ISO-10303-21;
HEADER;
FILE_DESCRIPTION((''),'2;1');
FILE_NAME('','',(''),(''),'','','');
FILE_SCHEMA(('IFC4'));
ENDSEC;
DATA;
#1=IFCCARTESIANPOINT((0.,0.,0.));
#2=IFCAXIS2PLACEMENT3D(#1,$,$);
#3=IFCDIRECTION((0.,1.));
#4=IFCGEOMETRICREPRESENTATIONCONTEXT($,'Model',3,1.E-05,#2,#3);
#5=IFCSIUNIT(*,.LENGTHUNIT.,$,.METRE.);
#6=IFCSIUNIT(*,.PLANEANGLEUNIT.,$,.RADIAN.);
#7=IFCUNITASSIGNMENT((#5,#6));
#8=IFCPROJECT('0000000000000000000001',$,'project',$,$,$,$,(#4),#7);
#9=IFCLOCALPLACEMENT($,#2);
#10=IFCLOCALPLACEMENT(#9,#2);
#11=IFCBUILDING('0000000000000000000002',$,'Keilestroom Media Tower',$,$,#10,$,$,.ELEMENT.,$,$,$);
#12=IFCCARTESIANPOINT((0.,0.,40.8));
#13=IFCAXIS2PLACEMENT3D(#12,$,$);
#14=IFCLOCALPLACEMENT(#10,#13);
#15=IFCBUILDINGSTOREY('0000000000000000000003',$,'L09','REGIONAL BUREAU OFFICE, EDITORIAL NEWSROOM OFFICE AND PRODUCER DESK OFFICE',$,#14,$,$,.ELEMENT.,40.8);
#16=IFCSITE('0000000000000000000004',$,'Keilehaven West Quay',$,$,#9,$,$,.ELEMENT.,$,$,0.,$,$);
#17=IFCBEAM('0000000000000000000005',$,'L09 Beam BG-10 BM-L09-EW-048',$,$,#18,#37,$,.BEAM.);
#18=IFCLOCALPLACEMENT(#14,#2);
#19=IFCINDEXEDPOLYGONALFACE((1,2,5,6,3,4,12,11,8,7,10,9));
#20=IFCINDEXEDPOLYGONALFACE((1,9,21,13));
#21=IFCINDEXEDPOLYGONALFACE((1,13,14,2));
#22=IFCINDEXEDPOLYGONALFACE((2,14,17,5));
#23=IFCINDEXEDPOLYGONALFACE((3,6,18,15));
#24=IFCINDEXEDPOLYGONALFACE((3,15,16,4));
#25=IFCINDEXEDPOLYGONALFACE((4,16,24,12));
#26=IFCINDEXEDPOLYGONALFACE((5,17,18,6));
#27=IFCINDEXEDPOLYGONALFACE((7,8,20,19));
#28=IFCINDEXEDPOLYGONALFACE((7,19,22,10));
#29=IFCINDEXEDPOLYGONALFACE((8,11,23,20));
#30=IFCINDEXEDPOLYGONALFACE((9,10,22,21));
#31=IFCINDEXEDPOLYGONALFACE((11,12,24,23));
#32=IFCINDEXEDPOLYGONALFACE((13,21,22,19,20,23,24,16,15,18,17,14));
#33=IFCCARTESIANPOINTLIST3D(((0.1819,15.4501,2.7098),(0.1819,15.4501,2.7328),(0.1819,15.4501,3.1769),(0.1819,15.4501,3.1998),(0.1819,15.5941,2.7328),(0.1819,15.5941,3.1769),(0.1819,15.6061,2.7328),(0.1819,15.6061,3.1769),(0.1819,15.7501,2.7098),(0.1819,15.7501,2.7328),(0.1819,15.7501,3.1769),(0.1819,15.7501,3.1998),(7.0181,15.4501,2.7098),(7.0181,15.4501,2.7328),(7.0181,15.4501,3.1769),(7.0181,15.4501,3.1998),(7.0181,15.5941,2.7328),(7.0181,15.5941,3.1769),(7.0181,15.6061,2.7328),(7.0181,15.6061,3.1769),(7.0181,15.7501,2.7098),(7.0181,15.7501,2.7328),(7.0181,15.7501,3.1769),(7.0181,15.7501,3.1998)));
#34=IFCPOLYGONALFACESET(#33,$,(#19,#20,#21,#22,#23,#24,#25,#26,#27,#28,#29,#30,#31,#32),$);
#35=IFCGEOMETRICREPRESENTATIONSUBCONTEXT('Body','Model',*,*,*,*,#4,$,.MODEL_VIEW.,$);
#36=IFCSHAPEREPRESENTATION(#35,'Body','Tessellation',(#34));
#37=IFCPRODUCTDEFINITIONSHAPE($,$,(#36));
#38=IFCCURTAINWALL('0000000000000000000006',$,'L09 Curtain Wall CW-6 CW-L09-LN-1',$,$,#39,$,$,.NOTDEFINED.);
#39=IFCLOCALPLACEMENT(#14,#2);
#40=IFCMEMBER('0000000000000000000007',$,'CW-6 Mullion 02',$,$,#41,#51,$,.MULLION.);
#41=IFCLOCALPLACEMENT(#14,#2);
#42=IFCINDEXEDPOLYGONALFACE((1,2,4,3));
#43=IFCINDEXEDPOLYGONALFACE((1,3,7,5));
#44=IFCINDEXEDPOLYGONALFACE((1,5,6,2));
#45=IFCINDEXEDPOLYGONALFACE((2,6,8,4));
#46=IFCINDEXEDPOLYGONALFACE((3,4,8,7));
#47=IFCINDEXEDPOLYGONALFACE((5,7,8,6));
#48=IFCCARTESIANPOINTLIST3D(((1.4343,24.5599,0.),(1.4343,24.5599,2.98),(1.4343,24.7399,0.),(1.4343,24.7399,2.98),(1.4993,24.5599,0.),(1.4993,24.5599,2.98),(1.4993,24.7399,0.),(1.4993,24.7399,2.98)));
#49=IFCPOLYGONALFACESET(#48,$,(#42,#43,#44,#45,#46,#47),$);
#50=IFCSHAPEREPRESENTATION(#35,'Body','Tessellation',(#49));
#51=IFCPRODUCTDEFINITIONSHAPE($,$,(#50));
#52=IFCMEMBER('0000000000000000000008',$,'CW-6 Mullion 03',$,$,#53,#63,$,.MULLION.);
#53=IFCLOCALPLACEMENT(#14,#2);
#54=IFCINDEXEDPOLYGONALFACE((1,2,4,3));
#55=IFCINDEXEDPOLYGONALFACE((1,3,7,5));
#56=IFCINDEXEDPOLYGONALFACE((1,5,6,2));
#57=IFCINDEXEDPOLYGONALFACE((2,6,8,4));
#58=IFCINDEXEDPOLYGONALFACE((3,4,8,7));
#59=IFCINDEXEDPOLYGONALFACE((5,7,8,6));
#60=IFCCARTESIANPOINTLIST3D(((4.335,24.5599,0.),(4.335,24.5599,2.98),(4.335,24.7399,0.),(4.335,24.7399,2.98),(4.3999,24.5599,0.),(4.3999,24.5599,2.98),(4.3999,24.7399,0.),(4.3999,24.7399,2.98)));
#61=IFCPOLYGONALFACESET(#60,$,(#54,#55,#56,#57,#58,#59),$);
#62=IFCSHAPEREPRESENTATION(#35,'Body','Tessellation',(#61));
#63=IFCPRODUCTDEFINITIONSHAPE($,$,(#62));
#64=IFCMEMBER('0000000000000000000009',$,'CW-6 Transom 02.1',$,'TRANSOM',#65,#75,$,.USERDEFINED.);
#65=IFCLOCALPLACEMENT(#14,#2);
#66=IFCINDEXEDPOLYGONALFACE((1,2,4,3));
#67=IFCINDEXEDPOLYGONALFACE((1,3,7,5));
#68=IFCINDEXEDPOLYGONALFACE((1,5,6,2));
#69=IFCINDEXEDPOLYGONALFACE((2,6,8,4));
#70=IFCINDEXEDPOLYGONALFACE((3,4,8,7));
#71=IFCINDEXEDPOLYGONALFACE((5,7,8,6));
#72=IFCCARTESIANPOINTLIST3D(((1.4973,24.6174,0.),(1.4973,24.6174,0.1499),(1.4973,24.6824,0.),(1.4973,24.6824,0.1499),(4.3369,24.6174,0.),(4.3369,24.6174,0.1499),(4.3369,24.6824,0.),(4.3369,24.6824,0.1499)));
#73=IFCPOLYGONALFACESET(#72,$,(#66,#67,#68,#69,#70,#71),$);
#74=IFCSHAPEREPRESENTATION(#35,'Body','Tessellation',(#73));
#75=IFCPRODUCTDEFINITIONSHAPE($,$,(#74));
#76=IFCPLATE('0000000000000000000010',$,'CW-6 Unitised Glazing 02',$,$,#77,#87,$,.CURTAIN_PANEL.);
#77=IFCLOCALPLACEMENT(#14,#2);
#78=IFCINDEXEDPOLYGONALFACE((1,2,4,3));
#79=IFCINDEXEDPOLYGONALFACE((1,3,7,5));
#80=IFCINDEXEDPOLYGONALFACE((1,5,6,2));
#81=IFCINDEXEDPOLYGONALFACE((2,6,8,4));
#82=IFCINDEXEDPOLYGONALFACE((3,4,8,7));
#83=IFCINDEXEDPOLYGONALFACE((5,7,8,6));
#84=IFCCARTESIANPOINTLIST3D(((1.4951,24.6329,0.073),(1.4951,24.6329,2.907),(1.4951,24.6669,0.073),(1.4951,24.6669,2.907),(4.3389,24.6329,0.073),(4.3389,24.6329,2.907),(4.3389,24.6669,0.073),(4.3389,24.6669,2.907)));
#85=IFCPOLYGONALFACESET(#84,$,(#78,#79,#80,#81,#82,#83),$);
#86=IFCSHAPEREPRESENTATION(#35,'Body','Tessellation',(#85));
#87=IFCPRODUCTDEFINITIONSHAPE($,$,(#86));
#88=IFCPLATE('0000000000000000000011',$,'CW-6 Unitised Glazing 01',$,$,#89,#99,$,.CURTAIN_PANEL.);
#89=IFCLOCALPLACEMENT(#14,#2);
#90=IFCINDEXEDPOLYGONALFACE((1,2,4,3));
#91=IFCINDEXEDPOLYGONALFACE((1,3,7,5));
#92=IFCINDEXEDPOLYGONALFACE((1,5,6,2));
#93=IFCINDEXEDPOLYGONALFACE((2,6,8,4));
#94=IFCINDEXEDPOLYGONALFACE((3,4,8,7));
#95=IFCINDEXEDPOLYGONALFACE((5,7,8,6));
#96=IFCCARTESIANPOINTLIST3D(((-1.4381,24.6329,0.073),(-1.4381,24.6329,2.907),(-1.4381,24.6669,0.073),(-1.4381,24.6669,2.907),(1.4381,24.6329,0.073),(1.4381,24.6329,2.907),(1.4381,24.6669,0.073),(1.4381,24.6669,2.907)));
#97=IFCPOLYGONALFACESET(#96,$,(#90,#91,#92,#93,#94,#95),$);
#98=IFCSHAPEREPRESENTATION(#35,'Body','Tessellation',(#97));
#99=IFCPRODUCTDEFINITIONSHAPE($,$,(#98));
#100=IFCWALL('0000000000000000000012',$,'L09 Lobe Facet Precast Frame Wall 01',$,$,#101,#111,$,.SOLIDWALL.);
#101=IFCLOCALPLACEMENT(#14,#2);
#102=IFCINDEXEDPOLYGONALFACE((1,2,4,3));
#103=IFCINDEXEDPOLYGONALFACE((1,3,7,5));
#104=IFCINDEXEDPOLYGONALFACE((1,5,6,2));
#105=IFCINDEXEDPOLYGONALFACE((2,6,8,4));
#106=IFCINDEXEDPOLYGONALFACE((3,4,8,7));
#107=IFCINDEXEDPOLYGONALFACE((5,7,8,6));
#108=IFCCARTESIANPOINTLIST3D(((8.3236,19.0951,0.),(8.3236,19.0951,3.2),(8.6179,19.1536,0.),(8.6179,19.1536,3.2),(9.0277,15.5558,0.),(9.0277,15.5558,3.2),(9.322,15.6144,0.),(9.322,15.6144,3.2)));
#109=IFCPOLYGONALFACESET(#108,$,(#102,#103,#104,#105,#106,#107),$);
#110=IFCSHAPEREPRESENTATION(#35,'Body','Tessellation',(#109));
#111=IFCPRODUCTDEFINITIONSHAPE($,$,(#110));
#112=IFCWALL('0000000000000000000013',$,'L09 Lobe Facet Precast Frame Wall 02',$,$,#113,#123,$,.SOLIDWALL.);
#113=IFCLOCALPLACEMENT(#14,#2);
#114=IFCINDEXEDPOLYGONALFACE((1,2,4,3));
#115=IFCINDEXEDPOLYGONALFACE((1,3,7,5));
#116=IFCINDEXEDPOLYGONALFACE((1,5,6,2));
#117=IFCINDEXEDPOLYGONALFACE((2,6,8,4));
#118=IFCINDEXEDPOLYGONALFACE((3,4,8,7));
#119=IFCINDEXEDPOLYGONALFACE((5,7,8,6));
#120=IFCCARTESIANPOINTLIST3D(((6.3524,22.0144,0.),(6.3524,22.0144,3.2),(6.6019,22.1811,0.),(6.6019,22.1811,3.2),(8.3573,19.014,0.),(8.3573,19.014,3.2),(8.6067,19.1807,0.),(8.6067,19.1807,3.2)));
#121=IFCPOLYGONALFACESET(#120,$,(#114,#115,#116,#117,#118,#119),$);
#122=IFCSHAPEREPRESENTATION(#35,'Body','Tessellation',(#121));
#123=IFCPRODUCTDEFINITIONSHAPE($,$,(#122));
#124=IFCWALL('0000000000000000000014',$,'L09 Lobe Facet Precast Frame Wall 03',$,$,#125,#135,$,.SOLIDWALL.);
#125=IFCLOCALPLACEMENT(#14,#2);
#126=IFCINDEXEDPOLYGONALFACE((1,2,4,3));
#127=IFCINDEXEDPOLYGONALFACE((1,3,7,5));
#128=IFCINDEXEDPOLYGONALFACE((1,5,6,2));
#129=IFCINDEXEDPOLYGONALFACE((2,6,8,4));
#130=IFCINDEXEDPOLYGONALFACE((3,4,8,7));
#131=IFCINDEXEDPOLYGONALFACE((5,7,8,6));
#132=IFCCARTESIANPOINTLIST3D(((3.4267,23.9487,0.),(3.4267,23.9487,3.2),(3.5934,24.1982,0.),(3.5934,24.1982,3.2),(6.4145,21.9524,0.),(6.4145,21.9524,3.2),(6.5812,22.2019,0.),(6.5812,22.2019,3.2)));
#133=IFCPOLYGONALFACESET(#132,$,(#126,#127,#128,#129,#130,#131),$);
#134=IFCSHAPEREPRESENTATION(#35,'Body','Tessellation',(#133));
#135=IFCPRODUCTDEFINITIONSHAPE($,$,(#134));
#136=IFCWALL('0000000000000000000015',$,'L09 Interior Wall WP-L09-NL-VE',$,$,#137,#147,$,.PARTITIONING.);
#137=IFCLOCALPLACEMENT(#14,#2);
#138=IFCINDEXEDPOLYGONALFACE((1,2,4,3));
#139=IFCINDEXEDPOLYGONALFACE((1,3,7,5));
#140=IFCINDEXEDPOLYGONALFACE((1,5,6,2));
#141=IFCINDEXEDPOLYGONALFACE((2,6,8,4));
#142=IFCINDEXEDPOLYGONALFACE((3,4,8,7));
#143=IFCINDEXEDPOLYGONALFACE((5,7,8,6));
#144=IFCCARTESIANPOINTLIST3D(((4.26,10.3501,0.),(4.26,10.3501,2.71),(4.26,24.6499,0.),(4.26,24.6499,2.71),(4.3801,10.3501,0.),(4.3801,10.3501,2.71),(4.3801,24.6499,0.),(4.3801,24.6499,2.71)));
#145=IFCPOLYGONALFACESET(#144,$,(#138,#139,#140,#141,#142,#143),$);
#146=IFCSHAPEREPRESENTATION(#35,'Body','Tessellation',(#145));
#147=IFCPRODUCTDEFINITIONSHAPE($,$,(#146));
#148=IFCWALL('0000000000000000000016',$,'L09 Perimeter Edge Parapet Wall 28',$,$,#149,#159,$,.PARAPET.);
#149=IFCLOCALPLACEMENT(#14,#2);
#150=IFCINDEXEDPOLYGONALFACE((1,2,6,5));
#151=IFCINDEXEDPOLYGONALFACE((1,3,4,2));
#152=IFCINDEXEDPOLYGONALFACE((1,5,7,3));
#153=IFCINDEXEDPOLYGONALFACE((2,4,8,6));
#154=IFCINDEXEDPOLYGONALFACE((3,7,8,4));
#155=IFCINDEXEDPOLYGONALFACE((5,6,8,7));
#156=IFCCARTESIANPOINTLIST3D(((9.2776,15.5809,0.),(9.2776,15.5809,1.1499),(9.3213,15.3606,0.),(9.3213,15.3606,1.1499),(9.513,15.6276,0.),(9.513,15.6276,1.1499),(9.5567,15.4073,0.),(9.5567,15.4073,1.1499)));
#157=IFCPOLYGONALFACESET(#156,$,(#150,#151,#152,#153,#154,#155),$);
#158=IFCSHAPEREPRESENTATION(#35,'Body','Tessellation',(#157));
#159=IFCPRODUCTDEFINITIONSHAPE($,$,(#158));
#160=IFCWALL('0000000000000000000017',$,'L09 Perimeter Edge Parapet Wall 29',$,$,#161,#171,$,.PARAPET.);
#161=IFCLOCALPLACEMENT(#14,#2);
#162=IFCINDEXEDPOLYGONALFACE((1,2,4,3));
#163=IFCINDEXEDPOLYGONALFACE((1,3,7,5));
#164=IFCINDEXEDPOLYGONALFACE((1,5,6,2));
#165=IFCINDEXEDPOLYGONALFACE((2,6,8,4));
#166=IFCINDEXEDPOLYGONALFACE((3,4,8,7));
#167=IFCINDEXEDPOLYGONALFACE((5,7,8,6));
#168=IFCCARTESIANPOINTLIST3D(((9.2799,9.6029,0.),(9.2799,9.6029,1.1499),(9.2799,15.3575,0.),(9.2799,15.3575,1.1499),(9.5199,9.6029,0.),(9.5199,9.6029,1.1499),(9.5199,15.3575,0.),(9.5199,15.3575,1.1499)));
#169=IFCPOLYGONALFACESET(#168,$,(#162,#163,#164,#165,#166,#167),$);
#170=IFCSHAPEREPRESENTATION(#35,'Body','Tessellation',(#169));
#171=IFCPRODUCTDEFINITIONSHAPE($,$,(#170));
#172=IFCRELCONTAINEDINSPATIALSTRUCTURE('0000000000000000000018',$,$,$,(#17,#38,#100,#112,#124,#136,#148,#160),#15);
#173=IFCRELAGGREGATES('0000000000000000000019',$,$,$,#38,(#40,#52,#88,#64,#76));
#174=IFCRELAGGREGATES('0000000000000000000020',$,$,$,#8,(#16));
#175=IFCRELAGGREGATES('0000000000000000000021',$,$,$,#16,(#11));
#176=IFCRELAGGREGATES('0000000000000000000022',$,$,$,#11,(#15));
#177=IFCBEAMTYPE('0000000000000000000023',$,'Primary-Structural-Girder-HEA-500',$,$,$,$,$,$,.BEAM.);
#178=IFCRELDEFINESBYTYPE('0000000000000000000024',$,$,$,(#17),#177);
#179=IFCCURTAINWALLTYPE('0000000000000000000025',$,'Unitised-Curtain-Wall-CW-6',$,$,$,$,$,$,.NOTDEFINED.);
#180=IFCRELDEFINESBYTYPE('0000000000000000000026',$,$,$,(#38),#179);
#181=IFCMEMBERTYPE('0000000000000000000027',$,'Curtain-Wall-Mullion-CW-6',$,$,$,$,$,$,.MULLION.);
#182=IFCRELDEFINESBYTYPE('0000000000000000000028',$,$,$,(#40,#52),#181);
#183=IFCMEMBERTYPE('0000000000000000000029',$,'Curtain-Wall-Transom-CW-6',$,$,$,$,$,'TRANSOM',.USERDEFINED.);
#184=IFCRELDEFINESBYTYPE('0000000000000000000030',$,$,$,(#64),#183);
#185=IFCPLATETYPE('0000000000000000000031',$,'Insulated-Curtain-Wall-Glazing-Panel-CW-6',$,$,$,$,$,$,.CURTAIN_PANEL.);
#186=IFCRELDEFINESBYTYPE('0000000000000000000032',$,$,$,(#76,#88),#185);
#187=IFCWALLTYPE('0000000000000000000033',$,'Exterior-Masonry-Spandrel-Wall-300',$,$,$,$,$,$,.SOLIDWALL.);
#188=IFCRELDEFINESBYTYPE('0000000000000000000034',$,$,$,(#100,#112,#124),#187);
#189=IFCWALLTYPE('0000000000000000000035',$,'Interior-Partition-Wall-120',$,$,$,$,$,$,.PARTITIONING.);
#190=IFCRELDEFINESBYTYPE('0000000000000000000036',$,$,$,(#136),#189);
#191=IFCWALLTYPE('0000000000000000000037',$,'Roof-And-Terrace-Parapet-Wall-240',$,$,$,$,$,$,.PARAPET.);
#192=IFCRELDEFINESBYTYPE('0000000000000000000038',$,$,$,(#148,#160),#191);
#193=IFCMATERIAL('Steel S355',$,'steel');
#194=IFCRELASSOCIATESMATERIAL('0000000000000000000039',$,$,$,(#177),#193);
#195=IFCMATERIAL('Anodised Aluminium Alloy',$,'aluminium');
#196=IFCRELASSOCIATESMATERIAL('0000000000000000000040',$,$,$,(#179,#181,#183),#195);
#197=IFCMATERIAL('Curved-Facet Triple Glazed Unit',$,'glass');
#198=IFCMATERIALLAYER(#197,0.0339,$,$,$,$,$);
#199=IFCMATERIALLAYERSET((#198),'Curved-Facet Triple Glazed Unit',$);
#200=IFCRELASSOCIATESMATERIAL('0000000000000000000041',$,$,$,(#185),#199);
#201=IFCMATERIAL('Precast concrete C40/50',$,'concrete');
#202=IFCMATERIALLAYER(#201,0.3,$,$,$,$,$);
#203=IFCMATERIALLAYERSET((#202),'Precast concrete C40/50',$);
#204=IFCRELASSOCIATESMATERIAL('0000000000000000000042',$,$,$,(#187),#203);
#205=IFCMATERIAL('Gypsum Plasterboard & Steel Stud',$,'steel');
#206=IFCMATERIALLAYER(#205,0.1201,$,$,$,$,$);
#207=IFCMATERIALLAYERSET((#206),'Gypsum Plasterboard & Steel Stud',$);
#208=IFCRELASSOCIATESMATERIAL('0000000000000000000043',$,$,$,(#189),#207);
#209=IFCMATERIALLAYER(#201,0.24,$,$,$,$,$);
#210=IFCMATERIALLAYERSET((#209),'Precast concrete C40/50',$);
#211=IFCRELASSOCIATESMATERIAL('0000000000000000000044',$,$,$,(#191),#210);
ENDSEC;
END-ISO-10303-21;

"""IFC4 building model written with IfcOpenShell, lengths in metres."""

from ifc_helpers import new_model, si_unit, direction, frame, frame_2d, origin, origin_2d, place, context, subcontext, project, spatial, rectangle, i_section, extrude, source, transform, mapped, material, layer, layer_set, material_profile, profile_set, type_object, element, aggregate, save


model = new_model("IFC4")

# Units and contexts
model_context = context("Model", 3, precision=1e-05, world=origin(), true_north=direction((0.0, 1.0)))
body_context = subcontext(model_context, "Body", "Model", "MODEL_VIEW")
ifc_project = project(units=[si_unit("LENGTHUNIT", "METRE"), si_unit("PLANEANGLEUNIT", "RADIAN")], contexts=[model_context])

# Site, building, storey
site_placement = place(None, origin())
site = spatial("IfcSite", under=ifc_project, at=site_placement, Name="Keilehaven West Quay", CompositionType="ELEMENT", RefElevation=0.0)
building_placement = place(site_placement, origin())
building = spatial("IfcBuilding", under=site, at=building_placement, Name="Keilestroom Media Tower", CompositionType="ELEMENT")
storey_placement = place(building_placement, frame((0.0, 0.0, 40.8)))
storey = spatial("IfcBuildingStorey", under=building, at=storey_placement, Name="L09", Description="REGIONAL BUREAU OFFICE, EDITORIAL NEWSROOM OFFICE AND PRODUCER DESK OFFICE", CompositionType="ELEMENT", Elevation=40.8)

# Beam
ifc_material_1 = material(Name="Steel S355", Category="steel")
ifc_material_profile_1 = material_profile(ifc_material_1, i_section(OverallWidth=0.3, OverallDepth=0.49, WebThickness=0.012, FlangeThickness=0.0229, at=origin_2d()), Name="HEA 500")
ifc_profile_set_1 = profile_set([ifc_material_profile_1], Name="Steel S355")
beam_type_1 = type_object("IfcBeamType", Name="Primary-Structural-Girder-HEA-500", PredefinedType="BEAM", material=ifc_profile_set_1)
shared_shape_1 = source(origin(), body_context, "Body", "SweptSolid", [
    extrude(i_section(OverallWidth=0.3, OverallDepth=0.49, WebThickness=0.012, FlangeThickness=0.0229, at=origin_2d()), origin(), (0.0, 0.0, 1.0), 6.8362),
])
for number, where, z_axis, x_axis, name in (
    (1, (0.1819, 15.6001, 2.9548), (1.0, 0.0, 0.0), (0.0, 1.0, 0.0), "L09 Beam BG-10 BM-L09-EW-048"),
):
    element("IfcBeam", number, at=place(storey_placement, frame(where, z_axis=z_axis, x_axis=x_axis)), inside=storey, type_object=beam_type_1, Name=name, PredefinedType="BEAM", context=body_context, shape_type="MappedRepresentation", body=[
        mapped(shared_shape_1, transform((0.0, 0.0, 0.0), x_axis=(1.0, 0.0, 0.0), y_axis=(0.0, 1.0, 0.0), z_axis=(0.0, 0.0, 1.0), scale=1.0)),
    ])

# Curtain wall, members, plates
ifc_material_2 = material(Name="Anodised Aluminium Alloy", Category="aluminium")
curtain_wall_type = type_object("IfcCurtainWallType", Name="Unitised-Curtain-Wall-CW-6", PredefinedType="NOTDEFINED", material=ifc_material_2)
curtain_wall_placement = place(storey_placement, origin())
curtain_wall = element("IfcCurtainWall", 2, at=curtain_wall_placement, inside=storey, type_object=curtain_wall_type, Name="L09 Curtain Wall CW-6 CW-L09-LN-1", PredefinedType="NOTDEFINED")
ifc_material_profile_2 = material_profile(ifc_material_2, rectangle(XDim=0.0649, YDim=0.1799, at=origin_2d()), Name="ALU MULLION 65x180")
ifc_profile_set_2 = profile_set([ifc_material_profile_2], Name="Anodised Aluminium Alloy")
member_type_1 = type_object("IfcMemberType", Name="Curtain-Wall-Mullion-CW-6", PredefinedType="MULLION", material=ifc_profile_set_2)
shared_shape_2 = source(origin(), body_context, "Body", "SweptSolid", [
    extrude(rectangle(XDim=0.0649, YDim=0.1799, at=origin_2d()), origin(), (0.0, 0.0, 1.0), 2.98),
])
member_1_placement = place(storey_placement, frame((1.4668, 24.6499, 0.0), z_axis=(0.0, 0.0, 1.0), x_axis=(1.0, 0.0, 0.0)))
member_1 = element("IfcMember", 3, at=member_1_placement, type_object=member_type_1, Name="CW-6 Mullion 02", PredefinedType="MULLION", context=body_context, shape_type="MappedRepresentation", body=[
    mapped(shared_shape_2, transform((0.0, 0.0, 0.0), x_axis=(1.0, 0.0, 0.0), y_axis=(0.0, 1.0, 0.0), z_axis=(0.0, 0.0, 1.0), scale=1.0)),
])
member_2_placement = place(storey_placement, frame((4.3674, 24.6499, 0.0), z_axis=(0.0, 0.0, 1.0), x_axis=(1.0, 0.0, 0.0)))
member_2 = element("IfcMember", 4, at=member_2_placement, type_object=member_type_1, Name="CW-6 Mullion 03", PredefinedType="MULLION", context=body_context, shape_type="MappedRepresentation", body=[
    mapped(shared_shape_2, transform((0.0, 0.0, 0.0), x_axis=(1.0, 0.0, 0.0), y_axis=(0.0, 1.0, 0.0), z_axis=(0.0, 0.0, 1.0), scale=1.0)),
])
ifc_material_profile_3 = material_profile(ifc_material_2, rectangle(XDim=0.0649, YDim=0.1499, at=origin_2d()), Name="ALU TRANSOM 65x150")
ifc_profile_set_3 = profile_set([ifc_material_profile_3], Name="Anodised Aluminium Alloy")
member_type_2 = type_object("IfcMemberType", Name="Curtain-Wall-Transom-CW-6", ElementType="TRANSOM", PredefinedType="USERDEFINED", material=ifc_profile_set_3)
shared_shape_3 = source(origin(), body_context, "Body", "SweptSolid", [
    extrude(rectangle(XDim=0.0649, YDim=0.1499, at=origin_2d()), origin(), (0.0, 0.0, 1.0), 2.8396),
])
member_3_placement = place(storey_placement, frame((1.4973, 24.6499, 0.075), z_axis=(1.0, 0.0, 0.0), x_axis=(0.0, 1.0, 0.0)))
member_3 = element("IfcMember", 5, at=member_3_placement, type_object=member_type_2, Name="CW-6 Transom 02.1", ObjectType="TRANSOM", PredefinedType="USERDEFINED", context=body_context, shape_type="MappedRepresentation", body=[
    mapped(shared_shape_3, transform((0.0, 0.0, 0.0), x_axis=(1.0, 0.0, 0.0), y_axis=(0.0, 1.0, 0.0), z_axis=(0.0, 0.0, 1.0), scale=1.0)),
])
ifc_material_3 = material(Name="Curved-Facet Triple Glazed Unit", Category="glass")
ifc_layer_1 = layer(ifc_material_3, 0.0339)
ifc_layer_set_1 = layer_set([ifc_layer_1], Name="Curved-Facet Triple Glazed Unit")
plate_type = type_object("IfcPlateType", Name="Insulated-Curtain-Wall-Glazing-Panel-CW-6", PredefinedType="CURTAIN_PANEL", material=ifc_layer_set_1)
shared_shape_4 = source(origin(), body_context, "Body", "SweptSolid", [
    extrude(rectangle(XDim=2.8438, YDim=0.0339, at=origin_2d()), origin(), (0.0, 0.0, 1.0), 2.834),
])
plate_1_placement = place(storey_placement, frame((2.917, 24.6499, 0.073), z_axis=(0.0, 0.0, 1.0), x_axis=(1.0, 0.0, 0.0)))
plate_1 = element("IfcPlate", 6, at=plate_1_placement, type_object=plate_type, Name="CW-6 Unitised Glazing 02", PredefinedType="CURTAIN_PANEL", context=body_context, shape_type="MappedRepresentation", body=[
    mapped(shared_shape_4, transform((0.0, 0.0, 0.0), x_axis=(1.0, 0.0, 0.0), y_axis=(0.0, 1.0, 0.0), z_axis=(0.0, 0.0, 1.0), scale=1.0)),
])
shared_shape_5 = source(origin(), body_context, "Body", "SweptSolid", [
    extrude(rectangle(XDim=2.8762, YDim=0.0339, at=origin_2d()), origin(), (0.0, 0.0, 1.0), 2.834),
])
plate_2_placement = place(storey_placement, frame((0.0, 24.6499, 0.073), z_axis=(0.0, 0.0, 1.0), x_axis=(1.0, 0.0, 0.0)))
plate_2 = element("IfcPlate", 7, at=plate_2_placement, type_object=plate_type, Name="CW-6 Unitised Glazing 01", PredefinedType="CURTAIN_PANEL", context=body_context, shape_type="MappedRepresentation", body=[
    mapped(shared_shape_5, transform((0.0, 0.0, 0.0), x_axis=(1.0, 0.0, 0.0), y_axis=(0.0, 1.0, 0.0), z_axis=(0.0, 0.0, 1.0), scale=1.0)),
])
aggregate(curtain_wall, [member_1, member_2, plate_2, member_3, plate_1])

# Walls
ifc_material_4 = material(Name="Precast concrete C40/50", Category="concrete")
ifc_layer_2 = layer(ifc_material_4, 0.3)
ifc_layer_set_2 = layer_set([ifc_layer_2], Name="Precast concrete C40/50")
wall_type_1 = type_object("IfcWallType", Name="Exterior-Masonry-Spandrel-Wall-300", PredefinedType="SOLIDWALL", material=ifc_layer_set_2)
for number, where, z_axis, x_axis, name in (
    (8, (9.1748, 15.5852, 0.0), (0.0, 0.0, 1.0), (-0.195114, 0.980781, 0.0), "L09 Lobe Facet Precast Frame Wall 01"),
    (9, (8.4819, 19.0974, 0.0), (0.0, 0.0, 1.0), (-0.555574, 0.831467, 0.0), "L09 Lobe Facet Precast Frame Wall 02"),
):
    element("IfcWall", number, at=place(storey_placement, frame(where, z_axis=z_axis, x_axis=x_axis)), inside=storey, type_object=wall_type_1, Name=name, PredefinedType="SOLIDWALL", context=body_context, shape_type="SweptSolid", body=[
        extrude(rectangle(XDim=3.6086, YDim=0.3, at=frame_2d((1.8042, 0.0))), origin(), (0.0, 0.0, 1.0), 3.2),
    ])
wall_1_placement = place(storey_placement, frame((6.4978, 22.0771, 0.0), z_axis=(0.0, 0.0, 1.0), x_axis=(-0.831475, 0.555562, 0.0)))
element("IfcWall", 10, at=wall_1_placement, inside=storey, type_object=wall_type_1, Name="L09 Lobe Facet Precast Frame Wall 03", PredefinedType="SOLIDWALL", context=body_context, shape_type="SweptSolid", body=[
    extrude(rectangle(XDim=3.5933, YDim=0.3, at=frame_2d((1.7966, 0.0))), origin(), (0.0, 0.0, 1.0), 3.2),
])
ifc_material_5 = material(Name="Gypsum Plasterboard & Steel Stud", Category="steel")
ifc_layer_3 = layer(ifc_material_5, 0.1201)
ifc_layer_set_3 = layer_set([ifc_layer_3], Name="Gypsum Plasterboard & Steel Stud")
wall_type_2 = type_object("IfcWallType", Name="Interior-Partition-Wall-120", PredefinedType="PARTITIONING", material=ifc_layer_set_3)
wall_2_placement = place(storey_placement, frame((4.3201, 10.3501, 0.0), z_axis=(0.0, 0.0, 1.0), x_axis=(0.0, 1.0, 0.0)))
element("IfcWall", 11, at=wall_2_placement, inside=storey, type_object=wall_type_2, Name="L09 Interior Wall WP-L09-NL-VE", PredefinedType="PARTITIONING", context=body_context, shape_type="SweptSolid", body=[
    extrude(rectangle(XDim=14.2998, YDim=0.1201, at=frame_2d((7.1499, 0.0))), origin(), (0.0, 0.0, 1.0), 2.71),
])
ifc_layer_4 = layer(ifc_material_4, 0.24)
ifc_layer_set_4 = layer_set([ifc_layer_4], Name="Precast concrete C40/50")
wall_type_3 = type_object("IfcWallType", Name="Roof-And-Terrace-Parapet-Wall-240", PredefinedType="PARAPET", material=ifc_layer_set_4)
wall_3_placement = place(storey_placement, frame((9.3953, 15.6042, 0.0), z_axis=(0.0, 0.0, 1.0), x_axis=(0.194652, -0.980872, 0.0)))
element("IfcWall", 12, at=wall_3_placement, inside=storey, type_object=wall_type_3, Name="L09 Perimeter Edge Parapet Wall 28", PredefinedType="PARAPET", context=body_context, shape_type="SweptSolid", body=[
    extrude(rectangle(XDim=0.2246, YDim=0.24, at=frame_2d((0.1123, 0.0))), origin(), (0.0, 0.0, 1.0), 1.1499),
])
wall_4_placement = place(storey_placement, frame((9.3999, 15.3577, 0.0), z_axis=(0.0, 0.0, 1.0), x_axis=(0.0, -1.0, 0.0)))
element("IfcWall", 13, at=wall_4_placement, inside=storey, type_object=wall_type_3, Name="L09 Perimeter Edge Parapet Wall 29", PredefinedType="PARAPET", context=body_context, shape_type="SweptSolid", body=[
    extrude(rectangle(XDim=5.7546, YDim=0.24, at=frame_2d((2.8774, 0.0))), origin(), (0.0, 0.0, 1.0), 1.1499),
])

save(model, "model.ifc")
